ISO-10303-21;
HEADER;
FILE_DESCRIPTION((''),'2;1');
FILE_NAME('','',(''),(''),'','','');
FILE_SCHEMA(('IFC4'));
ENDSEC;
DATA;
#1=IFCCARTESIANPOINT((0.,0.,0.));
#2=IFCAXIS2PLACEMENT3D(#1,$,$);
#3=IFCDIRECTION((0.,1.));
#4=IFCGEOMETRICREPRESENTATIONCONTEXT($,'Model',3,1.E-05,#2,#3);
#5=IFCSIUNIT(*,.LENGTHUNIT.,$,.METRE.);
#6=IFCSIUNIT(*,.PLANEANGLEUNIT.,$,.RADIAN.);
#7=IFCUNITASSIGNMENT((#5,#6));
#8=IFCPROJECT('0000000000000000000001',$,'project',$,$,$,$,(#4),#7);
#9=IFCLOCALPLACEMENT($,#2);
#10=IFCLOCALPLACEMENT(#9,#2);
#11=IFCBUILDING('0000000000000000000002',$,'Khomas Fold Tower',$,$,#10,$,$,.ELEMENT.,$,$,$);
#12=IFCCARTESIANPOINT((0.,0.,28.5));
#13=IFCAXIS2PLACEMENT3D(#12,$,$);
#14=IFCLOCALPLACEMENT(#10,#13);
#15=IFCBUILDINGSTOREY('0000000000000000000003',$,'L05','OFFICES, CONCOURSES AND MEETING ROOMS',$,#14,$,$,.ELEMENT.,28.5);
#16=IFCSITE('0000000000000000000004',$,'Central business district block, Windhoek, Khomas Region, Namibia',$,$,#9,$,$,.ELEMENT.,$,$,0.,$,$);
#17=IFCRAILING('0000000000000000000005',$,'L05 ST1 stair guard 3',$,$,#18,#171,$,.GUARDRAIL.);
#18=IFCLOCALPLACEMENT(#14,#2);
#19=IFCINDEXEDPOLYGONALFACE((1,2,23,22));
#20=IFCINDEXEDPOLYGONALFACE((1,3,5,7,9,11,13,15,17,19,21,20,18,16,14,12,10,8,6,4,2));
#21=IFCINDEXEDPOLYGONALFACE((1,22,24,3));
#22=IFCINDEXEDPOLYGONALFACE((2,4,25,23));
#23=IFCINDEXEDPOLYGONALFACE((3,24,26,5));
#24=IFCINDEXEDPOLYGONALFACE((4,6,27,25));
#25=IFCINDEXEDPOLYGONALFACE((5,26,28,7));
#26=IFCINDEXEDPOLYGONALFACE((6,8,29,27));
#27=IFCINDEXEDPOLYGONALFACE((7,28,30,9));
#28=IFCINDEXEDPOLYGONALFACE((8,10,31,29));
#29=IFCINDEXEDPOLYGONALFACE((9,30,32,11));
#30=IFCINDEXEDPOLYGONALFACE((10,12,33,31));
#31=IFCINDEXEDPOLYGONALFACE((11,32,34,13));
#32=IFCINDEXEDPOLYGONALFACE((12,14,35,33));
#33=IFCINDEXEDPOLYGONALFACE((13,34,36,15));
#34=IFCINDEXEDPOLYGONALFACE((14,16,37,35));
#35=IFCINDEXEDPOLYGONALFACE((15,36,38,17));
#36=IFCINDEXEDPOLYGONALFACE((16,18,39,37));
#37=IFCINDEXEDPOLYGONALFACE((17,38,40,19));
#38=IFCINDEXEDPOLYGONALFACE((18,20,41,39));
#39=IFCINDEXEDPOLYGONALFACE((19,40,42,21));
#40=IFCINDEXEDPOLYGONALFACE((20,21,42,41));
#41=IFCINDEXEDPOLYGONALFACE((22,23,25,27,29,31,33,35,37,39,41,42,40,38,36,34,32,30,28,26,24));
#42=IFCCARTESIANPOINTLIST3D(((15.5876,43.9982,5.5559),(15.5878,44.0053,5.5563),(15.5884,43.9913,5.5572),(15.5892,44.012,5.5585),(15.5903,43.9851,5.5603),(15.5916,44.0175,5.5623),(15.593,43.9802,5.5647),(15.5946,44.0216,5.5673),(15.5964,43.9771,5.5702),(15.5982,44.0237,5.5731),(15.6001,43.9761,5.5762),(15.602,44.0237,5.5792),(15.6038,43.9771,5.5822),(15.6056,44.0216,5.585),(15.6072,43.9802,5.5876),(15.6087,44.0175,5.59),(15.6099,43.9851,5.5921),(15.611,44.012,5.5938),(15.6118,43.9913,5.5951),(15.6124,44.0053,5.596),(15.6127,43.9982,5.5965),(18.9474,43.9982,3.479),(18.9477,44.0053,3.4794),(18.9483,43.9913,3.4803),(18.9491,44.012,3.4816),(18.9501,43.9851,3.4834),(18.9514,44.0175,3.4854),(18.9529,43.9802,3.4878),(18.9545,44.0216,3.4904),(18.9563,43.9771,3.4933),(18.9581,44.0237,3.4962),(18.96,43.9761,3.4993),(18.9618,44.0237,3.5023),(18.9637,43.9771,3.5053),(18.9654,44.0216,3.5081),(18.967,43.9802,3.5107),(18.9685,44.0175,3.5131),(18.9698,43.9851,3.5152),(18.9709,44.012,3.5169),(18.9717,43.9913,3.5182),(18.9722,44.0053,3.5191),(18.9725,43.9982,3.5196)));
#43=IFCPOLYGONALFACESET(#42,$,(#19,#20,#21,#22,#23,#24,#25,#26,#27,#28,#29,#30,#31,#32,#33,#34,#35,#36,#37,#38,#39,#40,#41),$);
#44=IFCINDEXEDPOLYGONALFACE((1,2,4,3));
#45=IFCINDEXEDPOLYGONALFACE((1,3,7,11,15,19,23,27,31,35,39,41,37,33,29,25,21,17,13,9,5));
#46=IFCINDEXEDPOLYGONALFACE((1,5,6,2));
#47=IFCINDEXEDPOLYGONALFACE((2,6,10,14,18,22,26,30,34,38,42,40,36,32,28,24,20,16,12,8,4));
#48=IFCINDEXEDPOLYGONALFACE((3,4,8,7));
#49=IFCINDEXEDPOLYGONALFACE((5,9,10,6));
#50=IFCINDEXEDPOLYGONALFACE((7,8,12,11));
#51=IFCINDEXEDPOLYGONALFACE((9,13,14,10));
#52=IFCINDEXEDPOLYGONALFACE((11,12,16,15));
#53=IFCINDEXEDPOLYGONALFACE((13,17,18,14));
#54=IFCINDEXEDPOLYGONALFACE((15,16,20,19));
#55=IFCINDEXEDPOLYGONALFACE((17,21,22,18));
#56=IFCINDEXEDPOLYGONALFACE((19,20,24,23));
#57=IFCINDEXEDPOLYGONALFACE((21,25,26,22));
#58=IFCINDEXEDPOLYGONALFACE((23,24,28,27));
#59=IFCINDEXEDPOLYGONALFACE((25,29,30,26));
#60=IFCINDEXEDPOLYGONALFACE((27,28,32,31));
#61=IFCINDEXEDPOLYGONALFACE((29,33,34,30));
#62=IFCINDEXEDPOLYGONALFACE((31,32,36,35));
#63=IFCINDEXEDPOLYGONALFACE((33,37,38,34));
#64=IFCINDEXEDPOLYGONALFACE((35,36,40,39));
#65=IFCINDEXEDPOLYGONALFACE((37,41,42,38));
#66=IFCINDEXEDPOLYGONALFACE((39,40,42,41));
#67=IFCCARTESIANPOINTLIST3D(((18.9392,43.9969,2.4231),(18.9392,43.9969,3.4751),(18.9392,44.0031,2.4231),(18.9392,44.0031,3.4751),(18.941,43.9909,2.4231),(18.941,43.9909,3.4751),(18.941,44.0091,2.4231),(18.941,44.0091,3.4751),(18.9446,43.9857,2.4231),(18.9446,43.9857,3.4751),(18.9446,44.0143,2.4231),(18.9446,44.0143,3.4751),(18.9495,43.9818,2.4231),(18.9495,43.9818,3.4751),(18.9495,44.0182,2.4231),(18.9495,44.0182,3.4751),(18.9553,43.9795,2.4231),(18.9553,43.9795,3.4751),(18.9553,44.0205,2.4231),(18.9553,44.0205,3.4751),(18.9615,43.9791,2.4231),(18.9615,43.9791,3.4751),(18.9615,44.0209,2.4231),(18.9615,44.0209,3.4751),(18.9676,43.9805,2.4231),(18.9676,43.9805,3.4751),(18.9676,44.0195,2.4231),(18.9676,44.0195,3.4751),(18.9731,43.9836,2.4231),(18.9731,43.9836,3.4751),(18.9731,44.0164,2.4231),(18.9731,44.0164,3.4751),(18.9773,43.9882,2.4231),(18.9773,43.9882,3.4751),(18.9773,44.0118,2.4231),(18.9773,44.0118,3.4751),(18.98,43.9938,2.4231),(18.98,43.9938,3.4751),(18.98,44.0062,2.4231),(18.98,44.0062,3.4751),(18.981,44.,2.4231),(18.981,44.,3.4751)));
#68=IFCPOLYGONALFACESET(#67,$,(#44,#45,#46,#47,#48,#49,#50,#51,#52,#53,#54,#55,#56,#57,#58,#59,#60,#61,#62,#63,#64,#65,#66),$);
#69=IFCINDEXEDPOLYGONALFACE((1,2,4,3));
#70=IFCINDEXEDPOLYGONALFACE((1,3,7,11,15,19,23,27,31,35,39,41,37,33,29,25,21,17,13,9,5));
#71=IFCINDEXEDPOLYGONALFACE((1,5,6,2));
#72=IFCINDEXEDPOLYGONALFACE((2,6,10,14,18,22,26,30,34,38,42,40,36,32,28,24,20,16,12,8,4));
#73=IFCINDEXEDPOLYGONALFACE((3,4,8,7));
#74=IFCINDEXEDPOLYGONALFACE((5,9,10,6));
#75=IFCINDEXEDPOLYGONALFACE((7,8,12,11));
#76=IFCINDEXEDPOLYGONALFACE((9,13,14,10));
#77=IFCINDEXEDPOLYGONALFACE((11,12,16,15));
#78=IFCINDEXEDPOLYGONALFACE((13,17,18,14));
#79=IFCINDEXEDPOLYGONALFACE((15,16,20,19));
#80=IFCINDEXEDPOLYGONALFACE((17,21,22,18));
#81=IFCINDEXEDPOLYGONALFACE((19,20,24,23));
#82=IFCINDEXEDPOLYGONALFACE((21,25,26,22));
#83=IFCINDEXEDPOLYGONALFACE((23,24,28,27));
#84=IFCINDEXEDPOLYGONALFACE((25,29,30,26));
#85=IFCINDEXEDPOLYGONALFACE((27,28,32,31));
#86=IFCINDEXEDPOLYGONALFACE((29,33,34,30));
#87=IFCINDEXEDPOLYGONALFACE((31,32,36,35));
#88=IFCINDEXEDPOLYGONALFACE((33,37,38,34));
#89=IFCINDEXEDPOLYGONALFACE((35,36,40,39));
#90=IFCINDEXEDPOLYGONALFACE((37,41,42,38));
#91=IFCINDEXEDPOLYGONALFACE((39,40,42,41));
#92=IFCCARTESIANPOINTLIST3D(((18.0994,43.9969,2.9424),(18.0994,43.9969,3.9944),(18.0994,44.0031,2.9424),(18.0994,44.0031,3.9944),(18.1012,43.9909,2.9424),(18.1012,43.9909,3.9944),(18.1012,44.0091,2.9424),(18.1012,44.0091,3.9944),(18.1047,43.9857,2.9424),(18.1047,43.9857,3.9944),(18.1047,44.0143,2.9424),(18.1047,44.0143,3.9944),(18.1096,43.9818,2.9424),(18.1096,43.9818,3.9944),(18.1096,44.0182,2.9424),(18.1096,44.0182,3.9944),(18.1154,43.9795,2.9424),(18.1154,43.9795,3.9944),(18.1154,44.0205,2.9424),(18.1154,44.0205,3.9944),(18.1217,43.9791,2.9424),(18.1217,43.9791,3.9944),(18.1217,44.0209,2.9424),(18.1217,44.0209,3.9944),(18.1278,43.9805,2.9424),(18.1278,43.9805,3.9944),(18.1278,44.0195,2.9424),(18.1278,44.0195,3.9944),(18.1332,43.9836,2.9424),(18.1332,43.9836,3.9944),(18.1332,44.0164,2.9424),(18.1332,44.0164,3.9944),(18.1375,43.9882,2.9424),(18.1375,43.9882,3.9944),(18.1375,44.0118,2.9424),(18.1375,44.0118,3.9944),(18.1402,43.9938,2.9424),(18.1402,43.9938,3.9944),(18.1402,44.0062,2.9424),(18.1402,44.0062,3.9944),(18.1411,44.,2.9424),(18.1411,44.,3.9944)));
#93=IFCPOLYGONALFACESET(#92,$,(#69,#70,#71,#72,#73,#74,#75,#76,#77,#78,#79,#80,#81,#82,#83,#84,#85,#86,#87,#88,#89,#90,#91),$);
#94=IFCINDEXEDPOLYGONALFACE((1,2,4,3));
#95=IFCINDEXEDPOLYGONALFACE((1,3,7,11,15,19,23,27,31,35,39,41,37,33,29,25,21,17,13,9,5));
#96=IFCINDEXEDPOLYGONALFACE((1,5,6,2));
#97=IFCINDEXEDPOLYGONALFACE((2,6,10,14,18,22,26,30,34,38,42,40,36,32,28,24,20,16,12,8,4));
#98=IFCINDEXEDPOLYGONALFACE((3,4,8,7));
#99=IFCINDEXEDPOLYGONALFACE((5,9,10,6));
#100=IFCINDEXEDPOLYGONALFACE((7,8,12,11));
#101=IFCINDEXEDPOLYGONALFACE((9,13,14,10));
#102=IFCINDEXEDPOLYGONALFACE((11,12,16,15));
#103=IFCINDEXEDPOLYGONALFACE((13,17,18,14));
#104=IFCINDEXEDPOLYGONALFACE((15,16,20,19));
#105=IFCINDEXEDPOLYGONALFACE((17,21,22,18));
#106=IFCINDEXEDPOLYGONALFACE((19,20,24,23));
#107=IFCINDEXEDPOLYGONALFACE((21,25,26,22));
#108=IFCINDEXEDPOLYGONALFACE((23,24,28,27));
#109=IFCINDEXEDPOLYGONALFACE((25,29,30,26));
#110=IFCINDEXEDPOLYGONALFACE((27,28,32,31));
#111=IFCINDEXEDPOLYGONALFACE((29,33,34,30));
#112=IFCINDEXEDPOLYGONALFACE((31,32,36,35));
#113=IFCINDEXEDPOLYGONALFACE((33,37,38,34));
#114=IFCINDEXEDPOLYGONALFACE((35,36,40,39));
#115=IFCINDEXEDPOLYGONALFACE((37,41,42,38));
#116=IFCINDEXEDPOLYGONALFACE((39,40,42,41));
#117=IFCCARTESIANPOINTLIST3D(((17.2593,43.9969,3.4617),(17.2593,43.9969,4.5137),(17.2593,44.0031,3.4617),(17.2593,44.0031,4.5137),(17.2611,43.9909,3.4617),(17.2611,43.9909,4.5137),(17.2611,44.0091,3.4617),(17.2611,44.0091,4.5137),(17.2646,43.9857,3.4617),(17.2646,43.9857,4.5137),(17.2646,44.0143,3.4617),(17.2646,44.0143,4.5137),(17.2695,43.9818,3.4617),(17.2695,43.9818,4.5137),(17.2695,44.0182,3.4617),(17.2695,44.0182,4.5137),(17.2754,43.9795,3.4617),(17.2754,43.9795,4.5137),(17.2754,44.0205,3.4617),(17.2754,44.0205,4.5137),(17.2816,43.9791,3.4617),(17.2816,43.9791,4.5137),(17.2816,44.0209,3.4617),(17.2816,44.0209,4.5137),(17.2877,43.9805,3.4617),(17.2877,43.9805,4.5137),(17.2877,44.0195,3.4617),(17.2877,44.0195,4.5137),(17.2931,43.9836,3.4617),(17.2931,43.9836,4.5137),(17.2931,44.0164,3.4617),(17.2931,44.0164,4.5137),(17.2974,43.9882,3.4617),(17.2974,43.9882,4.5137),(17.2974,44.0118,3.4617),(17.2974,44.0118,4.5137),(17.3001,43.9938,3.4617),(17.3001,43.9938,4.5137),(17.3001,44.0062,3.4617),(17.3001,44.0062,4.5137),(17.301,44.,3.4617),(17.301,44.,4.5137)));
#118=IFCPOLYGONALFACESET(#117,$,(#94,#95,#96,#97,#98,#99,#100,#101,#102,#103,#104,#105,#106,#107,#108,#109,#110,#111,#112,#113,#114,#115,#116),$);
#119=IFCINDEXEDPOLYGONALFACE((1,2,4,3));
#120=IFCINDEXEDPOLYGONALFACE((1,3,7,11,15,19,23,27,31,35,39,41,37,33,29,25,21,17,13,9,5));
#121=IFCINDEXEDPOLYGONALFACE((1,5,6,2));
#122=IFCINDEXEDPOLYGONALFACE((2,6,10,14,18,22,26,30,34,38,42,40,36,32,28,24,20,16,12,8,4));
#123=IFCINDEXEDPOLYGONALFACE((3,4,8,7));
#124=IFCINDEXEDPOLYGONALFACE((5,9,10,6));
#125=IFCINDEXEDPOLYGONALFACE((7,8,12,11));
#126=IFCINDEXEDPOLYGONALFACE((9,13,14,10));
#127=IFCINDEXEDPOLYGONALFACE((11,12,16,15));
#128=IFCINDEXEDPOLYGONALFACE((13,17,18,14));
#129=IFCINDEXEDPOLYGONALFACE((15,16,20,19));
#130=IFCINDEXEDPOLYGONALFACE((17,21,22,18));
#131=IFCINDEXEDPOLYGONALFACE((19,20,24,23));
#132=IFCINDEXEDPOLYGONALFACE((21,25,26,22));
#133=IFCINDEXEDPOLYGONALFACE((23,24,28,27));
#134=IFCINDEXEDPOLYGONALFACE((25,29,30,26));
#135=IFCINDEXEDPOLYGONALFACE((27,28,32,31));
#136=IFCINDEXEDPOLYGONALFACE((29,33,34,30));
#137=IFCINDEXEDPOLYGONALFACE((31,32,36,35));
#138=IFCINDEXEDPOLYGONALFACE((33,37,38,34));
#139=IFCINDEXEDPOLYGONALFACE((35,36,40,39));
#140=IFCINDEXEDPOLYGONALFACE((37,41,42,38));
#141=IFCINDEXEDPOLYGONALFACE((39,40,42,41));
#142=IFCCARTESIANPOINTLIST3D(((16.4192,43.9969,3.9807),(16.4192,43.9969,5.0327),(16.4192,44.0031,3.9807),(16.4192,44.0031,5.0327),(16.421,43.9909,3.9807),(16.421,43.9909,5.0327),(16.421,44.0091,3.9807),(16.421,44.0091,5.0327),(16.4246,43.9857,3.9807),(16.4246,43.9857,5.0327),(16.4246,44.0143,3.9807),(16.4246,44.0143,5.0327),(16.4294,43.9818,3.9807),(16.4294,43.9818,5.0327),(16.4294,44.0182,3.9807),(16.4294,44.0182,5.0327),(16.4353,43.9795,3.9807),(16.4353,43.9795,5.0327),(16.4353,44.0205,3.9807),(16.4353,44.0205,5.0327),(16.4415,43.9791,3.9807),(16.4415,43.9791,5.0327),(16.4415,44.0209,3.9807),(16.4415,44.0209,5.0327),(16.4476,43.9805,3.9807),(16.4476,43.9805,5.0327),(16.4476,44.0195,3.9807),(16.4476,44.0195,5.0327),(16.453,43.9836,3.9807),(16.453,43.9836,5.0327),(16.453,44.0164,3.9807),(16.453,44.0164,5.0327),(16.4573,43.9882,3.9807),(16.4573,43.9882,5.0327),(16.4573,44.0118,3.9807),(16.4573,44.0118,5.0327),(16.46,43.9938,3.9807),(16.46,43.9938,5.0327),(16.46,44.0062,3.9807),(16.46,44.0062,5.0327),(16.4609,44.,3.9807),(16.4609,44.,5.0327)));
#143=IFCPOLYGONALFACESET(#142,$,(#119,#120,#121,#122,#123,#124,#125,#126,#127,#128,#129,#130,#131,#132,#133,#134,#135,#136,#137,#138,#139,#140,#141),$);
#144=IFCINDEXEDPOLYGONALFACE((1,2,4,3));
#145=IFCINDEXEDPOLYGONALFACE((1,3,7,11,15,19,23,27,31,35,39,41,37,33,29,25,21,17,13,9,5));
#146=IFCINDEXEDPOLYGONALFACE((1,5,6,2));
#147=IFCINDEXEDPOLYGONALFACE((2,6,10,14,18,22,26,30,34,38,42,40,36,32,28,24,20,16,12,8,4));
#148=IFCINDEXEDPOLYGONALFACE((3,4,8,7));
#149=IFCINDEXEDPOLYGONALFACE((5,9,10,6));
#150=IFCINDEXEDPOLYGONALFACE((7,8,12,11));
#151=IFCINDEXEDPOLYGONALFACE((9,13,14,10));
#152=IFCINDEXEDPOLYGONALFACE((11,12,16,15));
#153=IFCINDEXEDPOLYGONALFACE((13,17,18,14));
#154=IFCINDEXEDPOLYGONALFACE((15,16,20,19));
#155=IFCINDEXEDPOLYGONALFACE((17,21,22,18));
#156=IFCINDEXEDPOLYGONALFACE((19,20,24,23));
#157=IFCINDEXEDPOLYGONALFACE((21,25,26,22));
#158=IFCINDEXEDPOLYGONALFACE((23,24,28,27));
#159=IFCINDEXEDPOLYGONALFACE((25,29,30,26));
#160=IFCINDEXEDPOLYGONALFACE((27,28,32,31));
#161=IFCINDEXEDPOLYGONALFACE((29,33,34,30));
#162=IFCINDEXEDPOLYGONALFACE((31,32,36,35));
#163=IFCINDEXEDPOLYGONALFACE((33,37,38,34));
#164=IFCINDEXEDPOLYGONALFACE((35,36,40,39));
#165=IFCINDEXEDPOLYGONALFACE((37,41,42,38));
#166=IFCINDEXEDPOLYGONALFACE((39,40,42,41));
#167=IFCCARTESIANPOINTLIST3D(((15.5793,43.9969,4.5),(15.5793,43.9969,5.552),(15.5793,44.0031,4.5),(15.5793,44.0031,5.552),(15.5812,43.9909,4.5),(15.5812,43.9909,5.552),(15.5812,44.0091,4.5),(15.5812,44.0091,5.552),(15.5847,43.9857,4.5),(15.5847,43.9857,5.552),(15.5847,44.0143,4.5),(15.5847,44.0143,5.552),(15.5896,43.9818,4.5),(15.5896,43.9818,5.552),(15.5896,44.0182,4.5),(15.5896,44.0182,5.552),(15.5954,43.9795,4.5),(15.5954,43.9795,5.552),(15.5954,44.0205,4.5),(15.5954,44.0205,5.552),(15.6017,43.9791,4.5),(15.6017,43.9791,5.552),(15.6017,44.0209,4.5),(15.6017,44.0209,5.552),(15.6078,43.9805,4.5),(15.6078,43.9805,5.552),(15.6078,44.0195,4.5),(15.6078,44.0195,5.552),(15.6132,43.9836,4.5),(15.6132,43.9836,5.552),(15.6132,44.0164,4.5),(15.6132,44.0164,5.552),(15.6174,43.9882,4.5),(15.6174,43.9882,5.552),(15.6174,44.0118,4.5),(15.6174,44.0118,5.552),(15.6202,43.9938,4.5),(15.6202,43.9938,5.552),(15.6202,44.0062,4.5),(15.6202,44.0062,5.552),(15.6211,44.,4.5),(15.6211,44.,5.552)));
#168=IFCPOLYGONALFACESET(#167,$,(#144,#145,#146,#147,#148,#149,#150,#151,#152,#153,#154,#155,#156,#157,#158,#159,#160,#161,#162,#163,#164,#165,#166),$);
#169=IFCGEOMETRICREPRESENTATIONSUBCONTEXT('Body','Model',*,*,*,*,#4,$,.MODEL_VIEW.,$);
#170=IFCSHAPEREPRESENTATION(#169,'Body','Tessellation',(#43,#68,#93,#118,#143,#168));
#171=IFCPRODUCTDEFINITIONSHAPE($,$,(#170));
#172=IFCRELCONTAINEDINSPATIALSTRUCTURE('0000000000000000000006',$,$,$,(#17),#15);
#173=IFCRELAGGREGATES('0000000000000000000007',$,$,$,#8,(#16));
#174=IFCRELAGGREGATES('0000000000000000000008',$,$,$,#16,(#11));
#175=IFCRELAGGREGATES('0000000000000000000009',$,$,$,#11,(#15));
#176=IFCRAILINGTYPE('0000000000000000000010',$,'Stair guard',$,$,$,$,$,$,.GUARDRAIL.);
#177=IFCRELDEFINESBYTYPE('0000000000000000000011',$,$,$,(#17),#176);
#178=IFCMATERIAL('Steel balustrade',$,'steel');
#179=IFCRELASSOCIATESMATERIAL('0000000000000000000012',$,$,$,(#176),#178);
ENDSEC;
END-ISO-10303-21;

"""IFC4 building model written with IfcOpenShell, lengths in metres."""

from ifc_helpers import new_model, si_unit, direction, frame, origin, origin_2d, place, context, subcontext, project, spatial, circle, extrude, source, transform, mapped, material, type_object, element, save


model = new_model("IFC4")

# Units and contexts
model_context = context("Model", 3, precision=1e-05, world=origin(), true_north=direction((0.0, 1.0)))
body_context = subcontext(model_context, "Body", "Model", "MODEL_VIEW")
ifc_project = project(units=[si_unit("LENGTHUNIT", "METRE"), si_unit("PLANEANGLEUNIT", "RADIAN")], contexts=[model_context])

# Site, building, storey
site_placement = place(None, origin())
site = spatial("IfcSite", under=ifc_project, at=site_placement, Name="Central business district block, Windhoek, Khomas Region, Namibia", CompositionType="ELEMENT", RefElevation=0.0)
building_placement = place(site_placement, origin())
building = spatial("IfcBuilding", under=site, at=building_placement, Name="Khomas Fold Tower", CompositionType="ELEMENT")
storey_placement = place(building_placement, frame((0.0, 0.0, 28.5)))
storey = spatial("IfcBuildingStorey", under=building, at=storey_placement, Name="L05", Description="OFFICES, CONCOURSES AND MEETING ROOMS", CompositionType="ELEMENT", Elevation=28.5)

# Railing
ifc_material_1 = material(Name="Steel balustrade", Category="steel")
railing_type_1 = type_object("IfcRailingType", Name="Stair guard", PredefinedType="GUARDRAIL", material=ifc_material_1)
shared_shape_1 = source(origin(), body_context, "Body", "SweptSolid", [
    extrude(circle(Radius=0.0239, at=origin_2d()), frame((0.0, 0.0, 1.0762), z_axis=(-0.850606, 0.0, 0.525803), x_axis=(0.0, -1.0, 0.0)), (0.0, 0.0, 1.0), 3.95),
    extrude(circle(Radius=0.021, at=origin_2d()), origin(), (0.0, 0.0, 1.0), 1.052),
    extrude(circle(Radius=0.021, at=origin_2d()), frame((-0.8398, 0.0, 0.5193)), (0.0, 0.0, 1.0), 1.052),
    extrude(circle(Radius=0.021, at=origin_2d()), frame((-1.6799, 0.0, 1.0386)), (0.0, 0.0, 1.0), 1.052),
    extrude(circle(Radius=0.021, at=origin_2d()), frame((-2.52, 0.0, 1.5576)), (0.0, 0.0, 1.0), 1.052),
    extrude(circle(Radius=0.021, at=origin_2d()), frame((-3.3599, 0.0, 2.0769)), (0.0, 0.0, 1.0), 1.052),
])
railing_1_placement = place(storey_placement, frame((18.96, 44.0, 2.4231)))
element("IfcRailing", 1, at=railing_1_placement, inside=storey, type_object=railing_type_1, Name="L05 ST1 stair guard 3", PredefinedType="GUARDRAIL", context=body_context, shape_type="MappedRepresentation", body=[
    mapped(shared_shape_1, transform((0.0, 0.0, 0.0))),
])

save(model, "model.ifc")
